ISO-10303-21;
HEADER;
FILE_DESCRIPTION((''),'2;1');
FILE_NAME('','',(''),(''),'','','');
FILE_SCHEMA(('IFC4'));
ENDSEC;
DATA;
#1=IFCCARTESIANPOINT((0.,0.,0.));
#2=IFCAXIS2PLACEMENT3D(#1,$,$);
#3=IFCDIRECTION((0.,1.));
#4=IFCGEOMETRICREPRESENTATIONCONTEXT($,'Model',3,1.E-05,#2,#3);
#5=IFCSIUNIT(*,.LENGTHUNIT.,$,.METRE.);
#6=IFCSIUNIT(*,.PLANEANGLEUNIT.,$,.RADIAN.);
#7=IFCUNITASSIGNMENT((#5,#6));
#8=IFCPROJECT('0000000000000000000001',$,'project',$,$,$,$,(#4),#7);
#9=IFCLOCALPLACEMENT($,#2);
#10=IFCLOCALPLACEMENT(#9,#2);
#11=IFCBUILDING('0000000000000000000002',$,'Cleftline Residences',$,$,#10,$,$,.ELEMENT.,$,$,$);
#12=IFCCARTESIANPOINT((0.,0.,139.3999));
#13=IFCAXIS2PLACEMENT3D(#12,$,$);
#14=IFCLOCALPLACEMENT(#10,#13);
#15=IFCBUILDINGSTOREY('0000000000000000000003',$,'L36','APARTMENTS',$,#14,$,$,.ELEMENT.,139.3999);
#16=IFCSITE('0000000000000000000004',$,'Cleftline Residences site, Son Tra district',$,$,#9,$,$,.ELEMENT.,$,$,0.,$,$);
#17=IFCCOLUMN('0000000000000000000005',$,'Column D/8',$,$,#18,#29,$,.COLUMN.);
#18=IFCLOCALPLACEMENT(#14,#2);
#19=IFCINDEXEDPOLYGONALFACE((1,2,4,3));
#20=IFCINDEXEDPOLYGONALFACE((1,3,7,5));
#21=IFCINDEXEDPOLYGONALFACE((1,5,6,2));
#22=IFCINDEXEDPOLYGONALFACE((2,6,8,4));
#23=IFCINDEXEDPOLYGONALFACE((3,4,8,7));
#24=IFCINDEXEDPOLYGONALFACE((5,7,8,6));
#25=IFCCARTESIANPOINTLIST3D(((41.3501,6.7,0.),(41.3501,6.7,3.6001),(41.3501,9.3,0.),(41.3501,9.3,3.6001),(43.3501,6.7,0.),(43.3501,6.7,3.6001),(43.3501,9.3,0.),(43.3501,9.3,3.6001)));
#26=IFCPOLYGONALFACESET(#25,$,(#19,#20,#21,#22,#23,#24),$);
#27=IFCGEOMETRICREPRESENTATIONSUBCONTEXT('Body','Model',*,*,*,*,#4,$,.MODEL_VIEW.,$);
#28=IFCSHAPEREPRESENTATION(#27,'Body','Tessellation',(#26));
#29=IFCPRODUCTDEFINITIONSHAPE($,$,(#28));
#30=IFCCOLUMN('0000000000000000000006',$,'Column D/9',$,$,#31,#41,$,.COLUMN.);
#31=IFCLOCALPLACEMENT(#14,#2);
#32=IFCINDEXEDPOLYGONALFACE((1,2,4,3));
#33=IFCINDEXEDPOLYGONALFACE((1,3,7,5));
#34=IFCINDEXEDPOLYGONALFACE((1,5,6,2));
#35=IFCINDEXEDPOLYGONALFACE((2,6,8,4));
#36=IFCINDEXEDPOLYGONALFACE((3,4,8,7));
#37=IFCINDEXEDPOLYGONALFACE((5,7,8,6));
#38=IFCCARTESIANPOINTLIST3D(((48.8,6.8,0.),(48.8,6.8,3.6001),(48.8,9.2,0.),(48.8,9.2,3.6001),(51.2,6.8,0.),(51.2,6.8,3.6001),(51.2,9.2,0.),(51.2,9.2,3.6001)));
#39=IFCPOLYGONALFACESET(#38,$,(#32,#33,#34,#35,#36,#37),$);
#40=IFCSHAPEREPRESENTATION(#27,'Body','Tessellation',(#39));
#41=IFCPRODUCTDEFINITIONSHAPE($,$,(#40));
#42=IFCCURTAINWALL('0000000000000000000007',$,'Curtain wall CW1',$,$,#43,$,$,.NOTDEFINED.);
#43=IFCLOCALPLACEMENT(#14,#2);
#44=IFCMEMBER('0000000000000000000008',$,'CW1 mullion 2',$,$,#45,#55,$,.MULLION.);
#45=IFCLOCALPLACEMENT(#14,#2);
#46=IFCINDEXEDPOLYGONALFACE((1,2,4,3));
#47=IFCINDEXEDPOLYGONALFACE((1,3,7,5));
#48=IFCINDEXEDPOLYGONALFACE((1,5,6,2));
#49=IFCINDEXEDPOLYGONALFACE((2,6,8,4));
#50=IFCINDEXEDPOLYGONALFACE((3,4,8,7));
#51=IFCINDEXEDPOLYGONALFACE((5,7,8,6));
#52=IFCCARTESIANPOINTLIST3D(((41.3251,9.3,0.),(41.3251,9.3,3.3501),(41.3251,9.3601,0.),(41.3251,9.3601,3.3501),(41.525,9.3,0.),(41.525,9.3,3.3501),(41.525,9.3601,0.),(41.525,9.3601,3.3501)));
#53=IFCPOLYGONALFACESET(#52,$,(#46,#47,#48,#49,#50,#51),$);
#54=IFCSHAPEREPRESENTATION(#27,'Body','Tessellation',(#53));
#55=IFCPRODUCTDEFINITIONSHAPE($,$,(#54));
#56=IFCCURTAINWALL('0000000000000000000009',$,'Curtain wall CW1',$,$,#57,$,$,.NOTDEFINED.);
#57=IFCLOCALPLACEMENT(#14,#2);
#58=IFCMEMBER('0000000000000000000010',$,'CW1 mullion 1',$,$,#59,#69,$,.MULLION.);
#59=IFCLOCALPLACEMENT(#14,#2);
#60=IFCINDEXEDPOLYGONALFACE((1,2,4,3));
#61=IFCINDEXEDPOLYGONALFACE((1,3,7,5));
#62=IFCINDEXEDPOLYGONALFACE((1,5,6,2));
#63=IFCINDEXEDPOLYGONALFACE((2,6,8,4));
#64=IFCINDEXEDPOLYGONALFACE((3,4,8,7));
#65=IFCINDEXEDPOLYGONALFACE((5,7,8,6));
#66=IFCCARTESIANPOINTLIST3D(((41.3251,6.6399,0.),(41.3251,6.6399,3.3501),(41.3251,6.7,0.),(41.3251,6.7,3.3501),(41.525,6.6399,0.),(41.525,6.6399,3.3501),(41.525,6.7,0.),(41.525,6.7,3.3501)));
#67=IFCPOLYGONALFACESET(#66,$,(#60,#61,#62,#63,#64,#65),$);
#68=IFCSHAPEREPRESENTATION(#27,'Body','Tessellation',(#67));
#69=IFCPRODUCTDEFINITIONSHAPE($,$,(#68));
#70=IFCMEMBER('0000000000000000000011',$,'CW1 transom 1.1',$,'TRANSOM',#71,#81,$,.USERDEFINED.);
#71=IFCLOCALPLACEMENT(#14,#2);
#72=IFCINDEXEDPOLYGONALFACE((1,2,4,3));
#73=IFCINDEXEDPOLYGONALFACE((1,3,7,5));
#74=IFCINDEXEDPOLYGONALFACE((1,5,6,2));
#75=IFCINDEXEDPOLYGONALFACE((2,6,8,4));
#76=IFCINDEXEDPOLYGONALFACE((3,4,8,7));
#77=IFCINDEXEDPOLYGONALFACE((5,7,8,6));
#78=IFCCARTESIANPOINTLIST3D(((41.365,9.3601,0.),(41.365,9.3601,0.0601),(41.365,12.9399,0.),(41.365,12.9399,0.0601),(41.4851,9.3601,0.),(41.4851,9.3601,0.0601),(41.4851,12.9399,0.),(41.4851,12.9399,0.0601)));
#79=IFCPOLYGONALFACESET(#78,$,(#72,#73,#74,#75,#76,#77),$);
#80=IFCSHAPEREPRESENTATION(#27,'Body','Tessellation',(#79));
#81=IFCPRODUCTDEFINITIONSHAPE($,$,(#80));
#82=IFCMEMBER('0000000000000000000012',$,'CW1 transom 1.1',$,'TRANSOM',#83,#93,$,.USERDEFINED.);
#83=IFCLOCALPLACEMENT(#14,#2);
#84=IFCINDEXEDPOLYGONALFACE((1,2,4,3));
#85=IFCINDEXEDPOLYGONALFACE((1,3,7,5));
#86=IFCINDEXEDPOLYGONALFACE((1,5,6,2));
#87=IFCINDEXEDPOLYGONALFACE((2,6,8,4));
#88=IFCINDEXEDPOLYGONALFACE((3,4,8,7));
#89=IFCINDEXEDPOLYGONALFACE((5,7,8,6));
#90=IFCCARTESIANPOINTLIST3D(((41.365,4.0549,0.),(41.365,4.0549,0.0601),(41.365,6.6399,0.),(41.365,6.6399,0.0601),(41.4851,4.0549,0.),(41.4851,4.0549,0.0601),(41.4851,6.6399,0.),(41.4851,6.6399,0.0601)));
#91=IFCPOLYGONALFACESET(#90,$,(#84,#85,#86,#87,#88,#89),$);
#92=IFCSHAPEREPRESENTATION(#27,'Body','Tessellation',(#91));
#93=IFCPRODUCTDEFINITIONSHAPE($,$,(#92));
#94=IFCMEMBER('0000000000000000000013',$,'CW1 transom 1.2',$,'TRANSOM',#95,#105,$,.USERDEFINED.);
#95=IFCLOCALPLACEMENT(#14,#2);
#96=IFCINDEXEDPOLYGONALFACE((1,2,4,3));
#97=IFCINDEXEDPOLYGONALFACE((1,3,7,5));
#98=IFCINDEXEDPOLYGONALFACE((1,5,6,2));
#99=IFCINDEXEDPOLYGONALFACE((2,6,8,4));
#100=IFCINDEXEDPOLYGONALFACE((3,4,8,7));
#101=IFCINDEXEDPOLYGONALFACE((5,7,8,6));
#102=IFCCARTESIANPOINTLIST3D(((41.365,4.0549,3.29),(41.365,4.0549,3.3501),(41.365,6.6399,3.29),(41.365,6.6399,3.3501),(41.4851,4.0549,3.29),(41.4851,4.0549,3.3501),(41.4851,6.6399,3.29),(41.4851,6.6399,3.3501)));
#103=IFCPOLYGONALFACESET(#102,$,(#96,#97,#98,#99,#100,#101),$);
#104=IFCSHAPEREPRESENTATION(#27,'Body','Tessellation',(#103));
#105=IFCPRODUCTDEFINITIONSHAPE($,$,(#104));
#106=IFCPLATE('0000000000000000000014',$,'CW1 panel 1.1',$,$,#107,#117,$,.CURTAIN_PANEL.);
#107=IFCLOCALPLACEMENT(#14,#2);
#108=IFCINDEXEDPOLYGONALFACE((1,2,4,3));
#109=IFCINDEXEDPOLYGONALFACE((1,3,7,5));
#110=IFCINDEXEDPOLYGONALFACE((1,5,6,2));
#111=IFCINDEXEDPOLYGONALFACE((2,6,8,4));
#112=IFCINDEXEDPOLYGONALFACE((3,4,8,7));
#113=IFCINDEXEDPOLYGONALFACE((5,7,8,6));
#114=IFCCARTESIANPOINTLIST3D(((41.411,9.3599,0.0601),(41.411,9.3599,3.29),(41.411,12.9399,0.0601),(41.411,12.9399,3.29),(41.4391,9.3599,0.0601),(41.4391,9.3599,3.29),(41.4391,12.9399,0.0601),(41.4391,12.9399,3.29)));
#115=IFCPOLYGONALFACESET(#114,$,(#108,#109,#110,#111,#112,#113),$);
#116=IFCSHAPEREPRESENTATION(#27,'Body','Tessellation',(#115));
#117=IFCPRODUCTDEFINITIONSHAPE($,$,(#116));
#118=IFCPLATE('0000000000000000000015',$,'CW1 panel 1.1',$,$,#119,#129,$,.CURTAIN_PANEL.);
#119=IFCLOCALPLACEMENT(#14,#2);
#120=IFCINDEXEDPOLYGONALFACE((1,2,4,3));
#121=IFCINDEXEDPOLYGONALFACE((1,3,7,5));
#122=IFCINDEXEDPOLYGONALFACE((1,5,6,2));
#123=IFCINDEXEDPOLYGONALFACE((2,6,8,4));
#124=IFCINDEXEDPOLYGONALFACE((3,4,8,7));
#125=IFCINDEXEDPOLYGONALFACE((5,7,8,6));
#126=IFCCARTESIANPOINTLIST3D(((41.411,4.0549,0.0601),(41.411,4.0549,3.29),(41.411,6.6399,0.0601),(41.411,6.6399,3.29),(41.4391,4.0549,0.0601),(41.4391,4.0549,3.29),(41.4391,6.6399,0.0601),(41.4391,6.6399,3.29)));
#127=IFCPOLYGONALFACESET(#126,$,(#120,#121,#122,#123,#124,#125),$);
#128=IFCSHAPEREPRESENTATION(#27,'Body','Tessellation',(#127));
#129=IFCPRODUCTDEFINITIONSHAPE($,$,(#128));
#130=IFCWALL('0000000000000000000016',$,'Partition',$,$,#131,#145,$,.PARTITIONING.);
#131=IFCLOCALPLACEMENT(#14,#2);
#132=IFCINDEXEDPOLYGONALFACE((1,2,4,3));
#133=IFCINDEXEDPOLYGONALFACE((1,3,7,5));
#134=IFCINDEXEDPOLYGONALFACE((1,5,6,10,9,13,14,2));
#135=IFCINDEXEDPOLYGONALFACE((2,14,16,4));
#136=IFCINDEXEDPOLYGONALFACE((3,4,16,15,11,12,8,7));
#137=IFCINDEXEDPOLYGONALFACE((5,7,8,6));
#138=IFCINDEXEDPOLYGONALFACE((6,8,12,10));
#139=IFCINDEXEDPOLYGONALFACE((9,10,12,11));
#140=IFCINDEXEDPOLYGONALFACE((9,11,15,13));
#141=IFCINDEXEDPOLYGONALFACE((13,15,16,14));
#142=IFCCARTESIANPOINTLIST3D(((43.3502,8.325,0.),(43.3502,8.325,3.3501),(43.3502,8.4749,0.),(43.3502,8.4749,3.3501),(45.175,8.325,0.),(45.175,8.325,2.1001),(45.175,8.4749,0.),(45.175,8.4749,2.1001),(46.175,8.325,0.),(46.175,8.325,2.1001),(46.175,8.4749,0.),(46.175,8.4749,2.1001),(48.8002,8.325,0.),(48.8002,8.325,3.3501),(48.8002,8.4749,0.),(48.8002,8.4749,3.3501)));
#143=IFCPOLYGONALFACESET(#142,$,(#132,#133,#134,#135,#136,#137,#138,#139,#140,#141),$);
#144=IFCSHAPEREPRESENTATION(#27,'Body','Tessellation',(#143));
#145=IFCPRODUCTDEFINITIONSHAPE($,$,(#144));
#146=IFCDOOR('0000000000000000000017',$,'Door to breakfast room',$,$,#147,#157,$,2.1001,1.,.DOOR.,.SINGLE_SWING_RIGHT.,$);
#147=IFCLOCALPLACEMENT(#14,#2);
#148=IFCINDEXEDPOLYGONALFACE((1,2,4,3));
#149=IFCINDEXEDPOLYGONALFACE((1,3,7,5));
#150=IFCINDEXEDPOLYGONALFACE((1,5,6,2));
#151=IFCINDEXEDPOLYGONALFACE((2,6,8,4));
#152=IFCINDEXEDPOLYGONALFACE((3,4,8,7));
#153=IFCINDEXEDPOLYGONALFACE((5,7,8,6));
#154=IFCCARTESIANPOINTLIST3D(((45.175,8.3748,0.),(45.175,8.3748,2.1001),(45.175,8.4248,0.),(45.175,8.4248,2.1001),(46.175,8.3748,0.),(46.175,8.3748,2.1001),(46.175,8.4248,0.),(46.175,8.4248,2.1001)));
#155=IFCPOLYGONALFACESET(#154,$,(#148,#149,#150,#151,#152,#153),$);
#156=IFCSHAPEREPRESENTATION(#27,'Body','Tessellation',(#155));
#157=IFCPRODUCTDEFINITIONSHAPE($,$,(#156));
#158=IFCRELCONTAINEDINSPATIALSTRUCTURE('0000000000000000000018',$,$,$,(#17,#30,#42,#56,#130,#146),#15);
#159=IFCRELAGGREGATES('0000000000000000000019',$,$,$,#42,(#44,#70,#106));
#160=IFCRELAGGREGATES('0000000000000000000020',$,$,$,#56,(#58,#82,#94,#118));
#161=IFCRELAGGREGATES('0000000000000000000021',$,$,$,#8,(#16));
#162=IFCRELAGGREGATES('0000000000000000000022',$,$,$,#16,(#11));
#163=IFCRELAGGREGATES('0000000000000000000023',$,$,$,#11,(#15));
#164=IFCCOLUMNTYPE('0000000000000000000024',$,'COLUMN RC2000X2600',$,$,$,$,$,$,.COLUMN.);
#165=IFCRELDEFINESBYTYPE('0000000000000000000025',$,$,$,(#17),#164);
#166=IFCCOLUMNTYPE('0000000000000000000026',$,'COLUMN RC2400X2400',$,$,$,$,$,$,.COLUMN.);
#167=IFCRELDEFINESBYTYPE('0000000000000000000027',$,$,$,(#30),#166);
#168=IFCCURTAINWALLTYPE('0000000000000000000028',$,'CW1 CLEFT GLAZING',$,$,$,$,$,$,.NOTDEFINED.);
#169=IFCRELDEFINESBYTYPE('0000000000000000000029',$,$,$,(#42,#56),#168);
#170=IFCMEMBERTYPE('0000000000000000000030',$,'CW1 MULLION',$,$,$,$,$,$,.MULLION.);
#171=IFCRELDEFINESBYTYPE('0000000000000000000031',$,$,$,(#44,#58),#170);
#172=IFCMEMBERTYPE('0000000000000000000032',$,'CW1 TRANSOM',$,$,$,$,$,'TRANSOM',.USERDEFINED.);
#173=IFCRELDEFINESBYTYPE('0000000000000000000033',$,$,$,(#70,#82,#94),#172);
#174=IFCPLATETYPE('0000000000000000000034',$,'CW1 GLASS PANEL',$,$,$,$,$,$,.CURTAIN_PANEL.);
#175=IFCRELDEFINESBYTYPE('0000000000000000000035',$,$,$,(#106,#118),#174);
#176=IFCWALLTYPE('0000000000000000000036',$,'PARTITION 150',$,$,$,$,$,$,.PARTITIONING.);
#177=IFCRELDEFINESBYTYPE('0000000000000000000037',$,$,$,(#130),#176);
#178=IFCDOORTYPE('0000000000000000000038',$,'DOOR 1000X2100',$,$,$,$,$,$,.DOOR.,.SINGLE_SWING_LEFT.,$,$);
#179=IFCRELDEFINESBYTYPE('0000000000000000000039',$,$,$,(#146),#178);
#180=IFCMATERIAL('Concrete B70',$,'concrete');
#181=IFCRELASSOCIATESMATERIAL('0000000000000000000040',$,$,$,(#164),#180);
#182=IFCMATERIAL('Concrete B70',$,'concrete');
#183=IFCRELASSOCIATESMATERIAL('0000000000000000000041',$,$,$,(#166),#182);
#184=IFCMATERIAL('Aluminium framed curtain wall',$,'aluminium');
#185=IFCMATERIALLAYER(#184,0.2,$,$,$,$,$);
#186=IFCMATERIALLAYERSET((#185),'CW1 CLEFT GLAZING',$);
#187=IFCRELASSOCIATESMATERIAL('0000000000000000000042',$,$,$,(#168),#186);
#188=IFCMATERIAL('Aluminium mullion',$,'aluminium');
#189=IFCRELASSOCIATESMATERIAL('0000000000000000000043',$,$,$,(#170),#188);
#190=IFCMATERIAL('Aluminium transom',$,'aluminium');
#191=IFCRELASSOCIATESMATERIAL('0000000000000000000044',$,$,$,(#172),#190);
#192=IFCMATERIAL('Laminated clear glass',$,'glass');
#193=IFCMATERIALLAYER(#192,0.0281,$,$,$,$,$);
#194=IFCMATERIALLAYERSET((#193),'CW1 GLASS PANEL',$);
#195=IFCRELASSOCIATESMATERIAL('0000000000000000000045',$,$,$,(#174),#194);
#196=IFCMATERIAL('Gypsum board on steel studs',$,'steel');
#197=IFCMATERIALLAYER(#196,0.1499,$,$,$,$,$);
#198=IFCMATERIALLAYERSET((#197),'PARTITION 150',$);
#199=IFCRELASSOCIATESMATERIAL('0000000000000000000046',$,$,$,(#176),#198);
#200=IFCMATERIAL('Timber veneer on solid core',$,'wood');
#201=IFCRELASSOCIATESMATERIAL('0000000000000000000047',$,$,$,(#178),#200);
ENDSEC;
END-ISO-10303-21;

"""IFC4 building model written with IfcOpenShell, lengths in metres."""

from ifc_helpers import new_model, si_unit, direction, frame, frame_2d, origin, origin_2d, place, context, subcontext, project, spatial, rectangle, extrude, material, layer, layer_set, material_profile, profile_set, type_object, element, fill, aggregate, save


model = new_model("IFC4")

# Units and contexts
model_context = context("Model", 3, precision=1e-05, world=origin(), true_north=direction((0.0, 1.0)))
body_context = subcontext(model_context, "Body", "Model", "MODEL_VIEW")
ifc_project = project(units=[si_unit("LENGTHUNIT", "METRE"), si_unit("PLANEANGLEUNIT", "RADIAN")], contexts=[model_context])

# Site, building, storey
site_placement = place(None, origin())
site = spatial("IfcSite", under=ifc_project, at=site_placement, Name="Cleftline Residences site, Son Tra district", CompositionType="ELEMENT", RefElevation=0.0)
building_placement = place(site_placement, origin())
building = spatial("IfcBuilding", under=site, at=building_placement, Name="Cleftline Residences", CompositionType="ELEMENT")
storey_placement = place(building_placement, frame((0.0, 0.0, 139.3999)))
storey = spatial("IfcBuildingStorey", under=building, at=storey_placement, Name="L36", Description="APARTMENTS", CompositionType="ELEMENT", Elevation=139.3999)

# Columns
ifc_material_1 = material(Name="Concrete B70", Category="concrete")
ifc_material_profile_1 = material_profile(ifc_material_1, rectangle(XDim=2.0, YDim=2.6001, at=origin_2d()))
ifc_profile_set_1 = profile_set([ifc_material_profile_1], Name="Concrete B70")
column_type_1 = type_object("IfcColumnType", Name="COLUMN RC2000X2600", PredefinedType="COLUMN", material=ifc_profile_set_1)
column_1_placement = place(storey_placement, frame((42.3501, 8.0, 0.0), z_axis=(0.0, 0.0, 1.0), x_axis=(1.0, 0.0, 0.0)))
element("IfcColumn", 1, at=column_1_placement, inside=storey, type_object=column_type_1, Name="Column D/8", PredefinedType="COLUMN", context=body_context, shape_type="SweptSolid", body=[
    extrude(rectangle(XDim=2.0, YDim=2.6001, at=origin_2d()), origin(), (0.0, 0.0, 1.0), 3.6001),
])
ifc_material_2 = material(Name="Concrete B70", Category="concrete")
ifc_material_profile_2 = material_profile(ifc_material_2, rectangle(XDim=2.3999, YDim=2.3999, at=origin_2d()))
ifc_profile_set_2 = profile_set([ifc_material_profile_2], Name="Concrete B70")
column_type_2 = type_object("IfcColumnType", Name="COLUMN RC2400X2400", PredefinedType="COLUMN", material=ifc_profile_set_2)
column_2_placement = place(storey_placement, frame((50.0, 8.0, 0.0), z_axis=(0.0, 0.0, 1.0), x_axis=(1.0, 0.0, 0.0)))
element("IfcColumn", 2, at=column_2_placement, inside=storey, type_object=column_type_2, Name="Column D/9", PredefinedType="COLUMN", context=body_context, shape_type="SweptSolid", body=[
    extrude(rectangle(XDim=2.3999, YDim=2.3999, at=origin_2d()), origin(), (0.0, 0.0, 1.0), 3.6001),
])

# Curtain walls, members
ifc_material_3 = material(Name="Aluminium framed curtain wall", Category="aluminium")
ifc_layer_1 = layer(ifc_material_3, 0.2)
ifc_layer_set_1 = layer_set([ifc_layer_1], Name="CW1 CLEFT GLAZING")
curtain_wall_type = type_object("IfcCurtainWallType", Name="CW1 CLEFT GLAZING", PredefinedType="NOTDEFINED", material=ifc_layer_set_1)
curtain_wall_1_placement = place(storey_placement, origin())
curtain_wall_1 = element("IfcCurtainWall", 3, at=curtain_wall_1_placement, inside=storey, type_object=curtain_wall_type, Name="Curtain wall CW1", PredefinedType="NOTDEFINED")
ifc_material_4 = material(Name="Aluminium mullion", Category="aluminium")
ifc_material_profile_3 = material_profile(ifc_material_4, rectangle(XDim=0.2, YDim=0.0601, at=origin_2d()))
ifc_profile_set_3 = profile_set([ifc_material_profile_3], Name="Aluminium mullion")
member_type_1 = type_object("IfcMemberType", Name="CW1 MULLION", PredefinedType="MULLION", material=ifc_profile_set_3)
member_1_placement = place(storey_placement, frame((41.425, 9.3301, 0.0), z_axis=(0.0, 0.0, 1.0), x_axis=(1.0, 0.0, 0.0)))
member_1 = element("IfcMember", 4, at=member_1_placement, type_object=member_type_1, Name="CW1 mullion 2", PredefinedType="MULLION", context=body_context, shape_type="SweptSolid", body=[
    extrude(rectangle(XDim=0.2, YDim=0.0601, at=origin_2d()), origin(), (0.0, 0.0, 1.0), 3.3501),
])
curtain_wall_2_placement = place(storey_placement, origin())
curtain_wall_2 = element("IfcCurtainWall", 5, at=curtain_wall_2_placement, inside=storey, type_object=curtain_wall_type, Name="Curtain wall CW1", PredefinedType="NOTDEFINED")
member_2_placement = place(storey_placement, frame((41.425, 6.6699, 0.0), z_axis=(0.0, 0.0, 1.0), x_axis=(1.0, 0.0, 0.0)))
member_2 = element("IfcMember", 6, at=member_2_placement, type_object=member_type_1, Name="CW1 mullion 1", PredefinedType="MULLION", context=body_context, shape_type="SweptSolid", body=[
    extrude(rectangle(XDim=0.2, YDim=0.0601, at=origin_2d()), origin(), (0.0, 0.0, 1.0), 3.3501),
])

# Members
ifc_material_5 = material(Name="Aluminium transom", Category="aluminium")
ifc_material_profile_4 = material_profile(ifc_material_5, rectangle(XDim=0.1201, YDim=0.0601, at=origin_2d()))
ifc_profile_set_4 = profile_set([ifc_material_profile_4], Name="Aluminium transom")
member_type_2 = type_object("IfcMemberType", Name="CW1 TRANSOM", ElementType="TRANSOM", PredefinedType="USERDEFINED", material=ifc_profile_set_4)
member_3_placement = place(storey_placement, frame((41.425, 12.9399, 0.03), z_axis=(0.0, -1.0, 0.0), x_axis=(1.0, 0.0, 0.0)))
member_3 = element("IfcMember", 7, at=member_3_placement, type_object=member_type_2, Name="CW1 transom 1.1", ObjectType="TRANSOM", PredefinedType="USERDEFINED", context=body_context, shape_type="SweptSolid", body=[
    extrude(rectangle(XDim=0.1201, YDim=0.0601, at=origin_2d()), origin(), (0.0, 0.0, 1.0), 3.5798),
])
member_4_placement = place(storey_placement, frame((41.425, 6.6399, 0.03), z_axis=(0.0, -1.0, 0.0), x_axis=(1.0, 0.0, 0.0)))
member_4 = element("IfcMember", 8, at=member_4_placement, type_object=member_type_2, Name="CW1 transom 1.1", ObjectType="TRANSOM", PredefinedType="USERDEFINED", context=body_context, shape_type="SweptSolid", body=[
    extrude(rectangle(XDim=0.1201, YDim=0.0601, at=origin_2d()), origin(), (0.0, 0.0, 1.0), 2.585),
])
member_5_placement = place(storey_placement, frame((41.425, 6.6399, 3.3201), z_axis=(0.0, -1.0, 0.0), x_axis=(1.0, 0.0, 0.0)))
member_5 = element("IfcMember", 9, at=member_5_placement, type_object=member_type_2, Name="CW1 transom 1.2", ObjectType="TRANSOM", PredefinedType="USERDEFINED", context=body_context, shape_type="SweptSolid", body=[
    extrude(rectangle(XDim=0.1201, YDim=0.0601, at=origin_2d()), origin(), (0.0, 0.0, 1.0), 2.585),
])

# Plates
ifc_material_6 = material(Name="Laminated clear glass", Category="glass")
ifc_layer_2 = layer(ifc_material_6, 0.0281)
ifc_layer_set_2 = layer_set([ifc_layer_2], Name="CW1 GLASS PANEL")
plate_type = type_object("IfcPlateType", Name="CW1 GLASS PANEL", PredefinedType="CURTAIN_PANEL", material=ifc_layer_set_2)
plate_1_placement = place(storey_placement, frame((41.425, 11.1499, 0.0601), z_axis=(0.0, 0.0, 1.0), x_axis=(0.0, -1.0, 0.0)))
plate_1 = element("IfcPlate", 10, at=plate_1_placement, type_object=plate_type, Name="CW1 panel 1.1", PredefinedType="CURTAIN_PANEL", context=body_context, shape_type="SweptSolid", body=[
    extrude(rectangle(XDim=3.5801, YDim=0.0281, at=origin_2d()), origin(), (0.0, 0.0, 1.0), 3.23),
])
aggregate(curtain_wall_1, [member_1, member_3, plate_1])
plate_2_placement = place(storey_placement, frame((41.425, 5.3474, 0.0601), z_axis=(0.0, 0.0, 1.0), x_axis=(0.0, -1.0, 0.0)))
plate_2 = element("IfcPlate", 11, at=plate_2_placement, type_object=plate_type, Name="CW1 panel 1.1", PredefinedType="CURTAIN_PANEL", context=body_context, shape_type="SweptSolid", body=[
    extrude(rectangle(XDim=2.585, YDim=0.0281, at=origin_2d()), origin(), (0.0, 0.0, 1.0), 3.23),
])
aggregate(curtain_wall_2, [member_2, member_4, member_5, plate_2])

# Wall, opening, door
ifc_material_7 = material(Name="Gypsum board on steel studs", Category="steel")
ifc_layer_3 = layer(ifc_material_7, 0.1499)
ifc_layer_set_3 = layer_set([ifc_layer_3], Name="PARTITION 150")
wall_type = type_object("IfcWallType", Name="PARTITION 150", PredefinedType="PARTITIONING", material=ifc_layer_set_3)
wall_1_placement = place(storey_placement, frame((43.3501, 8.3999, 0.0), z_axis=(0.0, 0.0, 1.0), x_axis=(1.0, 0.0, 0.0)))
wall_1 = element("IfcWall", 12, at=wall_1_placement, inside=storey, type_object=wall_type, Name="Partition", PredefinedType="PARTITIONING", context=body_context, shape_type="SweptSolid", body=[
    extrude(rectangle(XDim=5.45, YDim=0.1499, at=frame_2d((2.7251, 0.0))), origin(), (0.0, 0.0, 1.0), 3.3501),
])
opening_1_placement = place(wall_1_placement, frame((1.825, 0.0, 0.0)))
opening_1 = element("IfcOpeningElement", 13, at=opening_1_placement, cuts=wall_1, PredefinedType="OPENING", context=body_context, shape_type="SweptSolid", body=[
    extrude(rectangle(XDim=1.0, YDim=2.1001, at=frame_2d((0.5, 1.05))), frame((0.0, 0.085, 0.0), z_axis=(0.0, -1.0, 0.0), x_axis=(1.0, 0.0, 0.0)), (0.0, 0.0, 1.0), 0.1699),
])
ifc_material_8 = material(Name="Timber veneer on solid core", Category="wood")
door_type_1 = type_object("IfcDoorType", Name="DOOR 1000X2100", OperationType="SINGLE_SWING_LEFT", PredefinedType="DOOR", material=ifc_material_8)
door_1_placement = place(opening_1_placement, origin())
door_1 = element("IfcDoor", 14, at=door_1_placement, inside=storey, type_object=door_type_1, Name="Door to breakfast room", OperationType="SINGLE_SWING_RIGHT", OverallHeight=2.1001, OverallWidth=1.0, PredefinedType="DOOR", context=body_context, shape_type="SweptSolid", body=[
    extrude(rectangle(XDim=1.0, YDim=2.1001, at=frame_2d((0.5, 1.05))), frame((0.0, 0.0249, 0.0), z_axis=(0.0, -1.0, 0.0), x_axis=(1.0, 0.0, 0.0)), (0.0, 0.0, 1.0), 0.05),
])
fill(opening_1, door_1)

save(model, "model.ifc")
